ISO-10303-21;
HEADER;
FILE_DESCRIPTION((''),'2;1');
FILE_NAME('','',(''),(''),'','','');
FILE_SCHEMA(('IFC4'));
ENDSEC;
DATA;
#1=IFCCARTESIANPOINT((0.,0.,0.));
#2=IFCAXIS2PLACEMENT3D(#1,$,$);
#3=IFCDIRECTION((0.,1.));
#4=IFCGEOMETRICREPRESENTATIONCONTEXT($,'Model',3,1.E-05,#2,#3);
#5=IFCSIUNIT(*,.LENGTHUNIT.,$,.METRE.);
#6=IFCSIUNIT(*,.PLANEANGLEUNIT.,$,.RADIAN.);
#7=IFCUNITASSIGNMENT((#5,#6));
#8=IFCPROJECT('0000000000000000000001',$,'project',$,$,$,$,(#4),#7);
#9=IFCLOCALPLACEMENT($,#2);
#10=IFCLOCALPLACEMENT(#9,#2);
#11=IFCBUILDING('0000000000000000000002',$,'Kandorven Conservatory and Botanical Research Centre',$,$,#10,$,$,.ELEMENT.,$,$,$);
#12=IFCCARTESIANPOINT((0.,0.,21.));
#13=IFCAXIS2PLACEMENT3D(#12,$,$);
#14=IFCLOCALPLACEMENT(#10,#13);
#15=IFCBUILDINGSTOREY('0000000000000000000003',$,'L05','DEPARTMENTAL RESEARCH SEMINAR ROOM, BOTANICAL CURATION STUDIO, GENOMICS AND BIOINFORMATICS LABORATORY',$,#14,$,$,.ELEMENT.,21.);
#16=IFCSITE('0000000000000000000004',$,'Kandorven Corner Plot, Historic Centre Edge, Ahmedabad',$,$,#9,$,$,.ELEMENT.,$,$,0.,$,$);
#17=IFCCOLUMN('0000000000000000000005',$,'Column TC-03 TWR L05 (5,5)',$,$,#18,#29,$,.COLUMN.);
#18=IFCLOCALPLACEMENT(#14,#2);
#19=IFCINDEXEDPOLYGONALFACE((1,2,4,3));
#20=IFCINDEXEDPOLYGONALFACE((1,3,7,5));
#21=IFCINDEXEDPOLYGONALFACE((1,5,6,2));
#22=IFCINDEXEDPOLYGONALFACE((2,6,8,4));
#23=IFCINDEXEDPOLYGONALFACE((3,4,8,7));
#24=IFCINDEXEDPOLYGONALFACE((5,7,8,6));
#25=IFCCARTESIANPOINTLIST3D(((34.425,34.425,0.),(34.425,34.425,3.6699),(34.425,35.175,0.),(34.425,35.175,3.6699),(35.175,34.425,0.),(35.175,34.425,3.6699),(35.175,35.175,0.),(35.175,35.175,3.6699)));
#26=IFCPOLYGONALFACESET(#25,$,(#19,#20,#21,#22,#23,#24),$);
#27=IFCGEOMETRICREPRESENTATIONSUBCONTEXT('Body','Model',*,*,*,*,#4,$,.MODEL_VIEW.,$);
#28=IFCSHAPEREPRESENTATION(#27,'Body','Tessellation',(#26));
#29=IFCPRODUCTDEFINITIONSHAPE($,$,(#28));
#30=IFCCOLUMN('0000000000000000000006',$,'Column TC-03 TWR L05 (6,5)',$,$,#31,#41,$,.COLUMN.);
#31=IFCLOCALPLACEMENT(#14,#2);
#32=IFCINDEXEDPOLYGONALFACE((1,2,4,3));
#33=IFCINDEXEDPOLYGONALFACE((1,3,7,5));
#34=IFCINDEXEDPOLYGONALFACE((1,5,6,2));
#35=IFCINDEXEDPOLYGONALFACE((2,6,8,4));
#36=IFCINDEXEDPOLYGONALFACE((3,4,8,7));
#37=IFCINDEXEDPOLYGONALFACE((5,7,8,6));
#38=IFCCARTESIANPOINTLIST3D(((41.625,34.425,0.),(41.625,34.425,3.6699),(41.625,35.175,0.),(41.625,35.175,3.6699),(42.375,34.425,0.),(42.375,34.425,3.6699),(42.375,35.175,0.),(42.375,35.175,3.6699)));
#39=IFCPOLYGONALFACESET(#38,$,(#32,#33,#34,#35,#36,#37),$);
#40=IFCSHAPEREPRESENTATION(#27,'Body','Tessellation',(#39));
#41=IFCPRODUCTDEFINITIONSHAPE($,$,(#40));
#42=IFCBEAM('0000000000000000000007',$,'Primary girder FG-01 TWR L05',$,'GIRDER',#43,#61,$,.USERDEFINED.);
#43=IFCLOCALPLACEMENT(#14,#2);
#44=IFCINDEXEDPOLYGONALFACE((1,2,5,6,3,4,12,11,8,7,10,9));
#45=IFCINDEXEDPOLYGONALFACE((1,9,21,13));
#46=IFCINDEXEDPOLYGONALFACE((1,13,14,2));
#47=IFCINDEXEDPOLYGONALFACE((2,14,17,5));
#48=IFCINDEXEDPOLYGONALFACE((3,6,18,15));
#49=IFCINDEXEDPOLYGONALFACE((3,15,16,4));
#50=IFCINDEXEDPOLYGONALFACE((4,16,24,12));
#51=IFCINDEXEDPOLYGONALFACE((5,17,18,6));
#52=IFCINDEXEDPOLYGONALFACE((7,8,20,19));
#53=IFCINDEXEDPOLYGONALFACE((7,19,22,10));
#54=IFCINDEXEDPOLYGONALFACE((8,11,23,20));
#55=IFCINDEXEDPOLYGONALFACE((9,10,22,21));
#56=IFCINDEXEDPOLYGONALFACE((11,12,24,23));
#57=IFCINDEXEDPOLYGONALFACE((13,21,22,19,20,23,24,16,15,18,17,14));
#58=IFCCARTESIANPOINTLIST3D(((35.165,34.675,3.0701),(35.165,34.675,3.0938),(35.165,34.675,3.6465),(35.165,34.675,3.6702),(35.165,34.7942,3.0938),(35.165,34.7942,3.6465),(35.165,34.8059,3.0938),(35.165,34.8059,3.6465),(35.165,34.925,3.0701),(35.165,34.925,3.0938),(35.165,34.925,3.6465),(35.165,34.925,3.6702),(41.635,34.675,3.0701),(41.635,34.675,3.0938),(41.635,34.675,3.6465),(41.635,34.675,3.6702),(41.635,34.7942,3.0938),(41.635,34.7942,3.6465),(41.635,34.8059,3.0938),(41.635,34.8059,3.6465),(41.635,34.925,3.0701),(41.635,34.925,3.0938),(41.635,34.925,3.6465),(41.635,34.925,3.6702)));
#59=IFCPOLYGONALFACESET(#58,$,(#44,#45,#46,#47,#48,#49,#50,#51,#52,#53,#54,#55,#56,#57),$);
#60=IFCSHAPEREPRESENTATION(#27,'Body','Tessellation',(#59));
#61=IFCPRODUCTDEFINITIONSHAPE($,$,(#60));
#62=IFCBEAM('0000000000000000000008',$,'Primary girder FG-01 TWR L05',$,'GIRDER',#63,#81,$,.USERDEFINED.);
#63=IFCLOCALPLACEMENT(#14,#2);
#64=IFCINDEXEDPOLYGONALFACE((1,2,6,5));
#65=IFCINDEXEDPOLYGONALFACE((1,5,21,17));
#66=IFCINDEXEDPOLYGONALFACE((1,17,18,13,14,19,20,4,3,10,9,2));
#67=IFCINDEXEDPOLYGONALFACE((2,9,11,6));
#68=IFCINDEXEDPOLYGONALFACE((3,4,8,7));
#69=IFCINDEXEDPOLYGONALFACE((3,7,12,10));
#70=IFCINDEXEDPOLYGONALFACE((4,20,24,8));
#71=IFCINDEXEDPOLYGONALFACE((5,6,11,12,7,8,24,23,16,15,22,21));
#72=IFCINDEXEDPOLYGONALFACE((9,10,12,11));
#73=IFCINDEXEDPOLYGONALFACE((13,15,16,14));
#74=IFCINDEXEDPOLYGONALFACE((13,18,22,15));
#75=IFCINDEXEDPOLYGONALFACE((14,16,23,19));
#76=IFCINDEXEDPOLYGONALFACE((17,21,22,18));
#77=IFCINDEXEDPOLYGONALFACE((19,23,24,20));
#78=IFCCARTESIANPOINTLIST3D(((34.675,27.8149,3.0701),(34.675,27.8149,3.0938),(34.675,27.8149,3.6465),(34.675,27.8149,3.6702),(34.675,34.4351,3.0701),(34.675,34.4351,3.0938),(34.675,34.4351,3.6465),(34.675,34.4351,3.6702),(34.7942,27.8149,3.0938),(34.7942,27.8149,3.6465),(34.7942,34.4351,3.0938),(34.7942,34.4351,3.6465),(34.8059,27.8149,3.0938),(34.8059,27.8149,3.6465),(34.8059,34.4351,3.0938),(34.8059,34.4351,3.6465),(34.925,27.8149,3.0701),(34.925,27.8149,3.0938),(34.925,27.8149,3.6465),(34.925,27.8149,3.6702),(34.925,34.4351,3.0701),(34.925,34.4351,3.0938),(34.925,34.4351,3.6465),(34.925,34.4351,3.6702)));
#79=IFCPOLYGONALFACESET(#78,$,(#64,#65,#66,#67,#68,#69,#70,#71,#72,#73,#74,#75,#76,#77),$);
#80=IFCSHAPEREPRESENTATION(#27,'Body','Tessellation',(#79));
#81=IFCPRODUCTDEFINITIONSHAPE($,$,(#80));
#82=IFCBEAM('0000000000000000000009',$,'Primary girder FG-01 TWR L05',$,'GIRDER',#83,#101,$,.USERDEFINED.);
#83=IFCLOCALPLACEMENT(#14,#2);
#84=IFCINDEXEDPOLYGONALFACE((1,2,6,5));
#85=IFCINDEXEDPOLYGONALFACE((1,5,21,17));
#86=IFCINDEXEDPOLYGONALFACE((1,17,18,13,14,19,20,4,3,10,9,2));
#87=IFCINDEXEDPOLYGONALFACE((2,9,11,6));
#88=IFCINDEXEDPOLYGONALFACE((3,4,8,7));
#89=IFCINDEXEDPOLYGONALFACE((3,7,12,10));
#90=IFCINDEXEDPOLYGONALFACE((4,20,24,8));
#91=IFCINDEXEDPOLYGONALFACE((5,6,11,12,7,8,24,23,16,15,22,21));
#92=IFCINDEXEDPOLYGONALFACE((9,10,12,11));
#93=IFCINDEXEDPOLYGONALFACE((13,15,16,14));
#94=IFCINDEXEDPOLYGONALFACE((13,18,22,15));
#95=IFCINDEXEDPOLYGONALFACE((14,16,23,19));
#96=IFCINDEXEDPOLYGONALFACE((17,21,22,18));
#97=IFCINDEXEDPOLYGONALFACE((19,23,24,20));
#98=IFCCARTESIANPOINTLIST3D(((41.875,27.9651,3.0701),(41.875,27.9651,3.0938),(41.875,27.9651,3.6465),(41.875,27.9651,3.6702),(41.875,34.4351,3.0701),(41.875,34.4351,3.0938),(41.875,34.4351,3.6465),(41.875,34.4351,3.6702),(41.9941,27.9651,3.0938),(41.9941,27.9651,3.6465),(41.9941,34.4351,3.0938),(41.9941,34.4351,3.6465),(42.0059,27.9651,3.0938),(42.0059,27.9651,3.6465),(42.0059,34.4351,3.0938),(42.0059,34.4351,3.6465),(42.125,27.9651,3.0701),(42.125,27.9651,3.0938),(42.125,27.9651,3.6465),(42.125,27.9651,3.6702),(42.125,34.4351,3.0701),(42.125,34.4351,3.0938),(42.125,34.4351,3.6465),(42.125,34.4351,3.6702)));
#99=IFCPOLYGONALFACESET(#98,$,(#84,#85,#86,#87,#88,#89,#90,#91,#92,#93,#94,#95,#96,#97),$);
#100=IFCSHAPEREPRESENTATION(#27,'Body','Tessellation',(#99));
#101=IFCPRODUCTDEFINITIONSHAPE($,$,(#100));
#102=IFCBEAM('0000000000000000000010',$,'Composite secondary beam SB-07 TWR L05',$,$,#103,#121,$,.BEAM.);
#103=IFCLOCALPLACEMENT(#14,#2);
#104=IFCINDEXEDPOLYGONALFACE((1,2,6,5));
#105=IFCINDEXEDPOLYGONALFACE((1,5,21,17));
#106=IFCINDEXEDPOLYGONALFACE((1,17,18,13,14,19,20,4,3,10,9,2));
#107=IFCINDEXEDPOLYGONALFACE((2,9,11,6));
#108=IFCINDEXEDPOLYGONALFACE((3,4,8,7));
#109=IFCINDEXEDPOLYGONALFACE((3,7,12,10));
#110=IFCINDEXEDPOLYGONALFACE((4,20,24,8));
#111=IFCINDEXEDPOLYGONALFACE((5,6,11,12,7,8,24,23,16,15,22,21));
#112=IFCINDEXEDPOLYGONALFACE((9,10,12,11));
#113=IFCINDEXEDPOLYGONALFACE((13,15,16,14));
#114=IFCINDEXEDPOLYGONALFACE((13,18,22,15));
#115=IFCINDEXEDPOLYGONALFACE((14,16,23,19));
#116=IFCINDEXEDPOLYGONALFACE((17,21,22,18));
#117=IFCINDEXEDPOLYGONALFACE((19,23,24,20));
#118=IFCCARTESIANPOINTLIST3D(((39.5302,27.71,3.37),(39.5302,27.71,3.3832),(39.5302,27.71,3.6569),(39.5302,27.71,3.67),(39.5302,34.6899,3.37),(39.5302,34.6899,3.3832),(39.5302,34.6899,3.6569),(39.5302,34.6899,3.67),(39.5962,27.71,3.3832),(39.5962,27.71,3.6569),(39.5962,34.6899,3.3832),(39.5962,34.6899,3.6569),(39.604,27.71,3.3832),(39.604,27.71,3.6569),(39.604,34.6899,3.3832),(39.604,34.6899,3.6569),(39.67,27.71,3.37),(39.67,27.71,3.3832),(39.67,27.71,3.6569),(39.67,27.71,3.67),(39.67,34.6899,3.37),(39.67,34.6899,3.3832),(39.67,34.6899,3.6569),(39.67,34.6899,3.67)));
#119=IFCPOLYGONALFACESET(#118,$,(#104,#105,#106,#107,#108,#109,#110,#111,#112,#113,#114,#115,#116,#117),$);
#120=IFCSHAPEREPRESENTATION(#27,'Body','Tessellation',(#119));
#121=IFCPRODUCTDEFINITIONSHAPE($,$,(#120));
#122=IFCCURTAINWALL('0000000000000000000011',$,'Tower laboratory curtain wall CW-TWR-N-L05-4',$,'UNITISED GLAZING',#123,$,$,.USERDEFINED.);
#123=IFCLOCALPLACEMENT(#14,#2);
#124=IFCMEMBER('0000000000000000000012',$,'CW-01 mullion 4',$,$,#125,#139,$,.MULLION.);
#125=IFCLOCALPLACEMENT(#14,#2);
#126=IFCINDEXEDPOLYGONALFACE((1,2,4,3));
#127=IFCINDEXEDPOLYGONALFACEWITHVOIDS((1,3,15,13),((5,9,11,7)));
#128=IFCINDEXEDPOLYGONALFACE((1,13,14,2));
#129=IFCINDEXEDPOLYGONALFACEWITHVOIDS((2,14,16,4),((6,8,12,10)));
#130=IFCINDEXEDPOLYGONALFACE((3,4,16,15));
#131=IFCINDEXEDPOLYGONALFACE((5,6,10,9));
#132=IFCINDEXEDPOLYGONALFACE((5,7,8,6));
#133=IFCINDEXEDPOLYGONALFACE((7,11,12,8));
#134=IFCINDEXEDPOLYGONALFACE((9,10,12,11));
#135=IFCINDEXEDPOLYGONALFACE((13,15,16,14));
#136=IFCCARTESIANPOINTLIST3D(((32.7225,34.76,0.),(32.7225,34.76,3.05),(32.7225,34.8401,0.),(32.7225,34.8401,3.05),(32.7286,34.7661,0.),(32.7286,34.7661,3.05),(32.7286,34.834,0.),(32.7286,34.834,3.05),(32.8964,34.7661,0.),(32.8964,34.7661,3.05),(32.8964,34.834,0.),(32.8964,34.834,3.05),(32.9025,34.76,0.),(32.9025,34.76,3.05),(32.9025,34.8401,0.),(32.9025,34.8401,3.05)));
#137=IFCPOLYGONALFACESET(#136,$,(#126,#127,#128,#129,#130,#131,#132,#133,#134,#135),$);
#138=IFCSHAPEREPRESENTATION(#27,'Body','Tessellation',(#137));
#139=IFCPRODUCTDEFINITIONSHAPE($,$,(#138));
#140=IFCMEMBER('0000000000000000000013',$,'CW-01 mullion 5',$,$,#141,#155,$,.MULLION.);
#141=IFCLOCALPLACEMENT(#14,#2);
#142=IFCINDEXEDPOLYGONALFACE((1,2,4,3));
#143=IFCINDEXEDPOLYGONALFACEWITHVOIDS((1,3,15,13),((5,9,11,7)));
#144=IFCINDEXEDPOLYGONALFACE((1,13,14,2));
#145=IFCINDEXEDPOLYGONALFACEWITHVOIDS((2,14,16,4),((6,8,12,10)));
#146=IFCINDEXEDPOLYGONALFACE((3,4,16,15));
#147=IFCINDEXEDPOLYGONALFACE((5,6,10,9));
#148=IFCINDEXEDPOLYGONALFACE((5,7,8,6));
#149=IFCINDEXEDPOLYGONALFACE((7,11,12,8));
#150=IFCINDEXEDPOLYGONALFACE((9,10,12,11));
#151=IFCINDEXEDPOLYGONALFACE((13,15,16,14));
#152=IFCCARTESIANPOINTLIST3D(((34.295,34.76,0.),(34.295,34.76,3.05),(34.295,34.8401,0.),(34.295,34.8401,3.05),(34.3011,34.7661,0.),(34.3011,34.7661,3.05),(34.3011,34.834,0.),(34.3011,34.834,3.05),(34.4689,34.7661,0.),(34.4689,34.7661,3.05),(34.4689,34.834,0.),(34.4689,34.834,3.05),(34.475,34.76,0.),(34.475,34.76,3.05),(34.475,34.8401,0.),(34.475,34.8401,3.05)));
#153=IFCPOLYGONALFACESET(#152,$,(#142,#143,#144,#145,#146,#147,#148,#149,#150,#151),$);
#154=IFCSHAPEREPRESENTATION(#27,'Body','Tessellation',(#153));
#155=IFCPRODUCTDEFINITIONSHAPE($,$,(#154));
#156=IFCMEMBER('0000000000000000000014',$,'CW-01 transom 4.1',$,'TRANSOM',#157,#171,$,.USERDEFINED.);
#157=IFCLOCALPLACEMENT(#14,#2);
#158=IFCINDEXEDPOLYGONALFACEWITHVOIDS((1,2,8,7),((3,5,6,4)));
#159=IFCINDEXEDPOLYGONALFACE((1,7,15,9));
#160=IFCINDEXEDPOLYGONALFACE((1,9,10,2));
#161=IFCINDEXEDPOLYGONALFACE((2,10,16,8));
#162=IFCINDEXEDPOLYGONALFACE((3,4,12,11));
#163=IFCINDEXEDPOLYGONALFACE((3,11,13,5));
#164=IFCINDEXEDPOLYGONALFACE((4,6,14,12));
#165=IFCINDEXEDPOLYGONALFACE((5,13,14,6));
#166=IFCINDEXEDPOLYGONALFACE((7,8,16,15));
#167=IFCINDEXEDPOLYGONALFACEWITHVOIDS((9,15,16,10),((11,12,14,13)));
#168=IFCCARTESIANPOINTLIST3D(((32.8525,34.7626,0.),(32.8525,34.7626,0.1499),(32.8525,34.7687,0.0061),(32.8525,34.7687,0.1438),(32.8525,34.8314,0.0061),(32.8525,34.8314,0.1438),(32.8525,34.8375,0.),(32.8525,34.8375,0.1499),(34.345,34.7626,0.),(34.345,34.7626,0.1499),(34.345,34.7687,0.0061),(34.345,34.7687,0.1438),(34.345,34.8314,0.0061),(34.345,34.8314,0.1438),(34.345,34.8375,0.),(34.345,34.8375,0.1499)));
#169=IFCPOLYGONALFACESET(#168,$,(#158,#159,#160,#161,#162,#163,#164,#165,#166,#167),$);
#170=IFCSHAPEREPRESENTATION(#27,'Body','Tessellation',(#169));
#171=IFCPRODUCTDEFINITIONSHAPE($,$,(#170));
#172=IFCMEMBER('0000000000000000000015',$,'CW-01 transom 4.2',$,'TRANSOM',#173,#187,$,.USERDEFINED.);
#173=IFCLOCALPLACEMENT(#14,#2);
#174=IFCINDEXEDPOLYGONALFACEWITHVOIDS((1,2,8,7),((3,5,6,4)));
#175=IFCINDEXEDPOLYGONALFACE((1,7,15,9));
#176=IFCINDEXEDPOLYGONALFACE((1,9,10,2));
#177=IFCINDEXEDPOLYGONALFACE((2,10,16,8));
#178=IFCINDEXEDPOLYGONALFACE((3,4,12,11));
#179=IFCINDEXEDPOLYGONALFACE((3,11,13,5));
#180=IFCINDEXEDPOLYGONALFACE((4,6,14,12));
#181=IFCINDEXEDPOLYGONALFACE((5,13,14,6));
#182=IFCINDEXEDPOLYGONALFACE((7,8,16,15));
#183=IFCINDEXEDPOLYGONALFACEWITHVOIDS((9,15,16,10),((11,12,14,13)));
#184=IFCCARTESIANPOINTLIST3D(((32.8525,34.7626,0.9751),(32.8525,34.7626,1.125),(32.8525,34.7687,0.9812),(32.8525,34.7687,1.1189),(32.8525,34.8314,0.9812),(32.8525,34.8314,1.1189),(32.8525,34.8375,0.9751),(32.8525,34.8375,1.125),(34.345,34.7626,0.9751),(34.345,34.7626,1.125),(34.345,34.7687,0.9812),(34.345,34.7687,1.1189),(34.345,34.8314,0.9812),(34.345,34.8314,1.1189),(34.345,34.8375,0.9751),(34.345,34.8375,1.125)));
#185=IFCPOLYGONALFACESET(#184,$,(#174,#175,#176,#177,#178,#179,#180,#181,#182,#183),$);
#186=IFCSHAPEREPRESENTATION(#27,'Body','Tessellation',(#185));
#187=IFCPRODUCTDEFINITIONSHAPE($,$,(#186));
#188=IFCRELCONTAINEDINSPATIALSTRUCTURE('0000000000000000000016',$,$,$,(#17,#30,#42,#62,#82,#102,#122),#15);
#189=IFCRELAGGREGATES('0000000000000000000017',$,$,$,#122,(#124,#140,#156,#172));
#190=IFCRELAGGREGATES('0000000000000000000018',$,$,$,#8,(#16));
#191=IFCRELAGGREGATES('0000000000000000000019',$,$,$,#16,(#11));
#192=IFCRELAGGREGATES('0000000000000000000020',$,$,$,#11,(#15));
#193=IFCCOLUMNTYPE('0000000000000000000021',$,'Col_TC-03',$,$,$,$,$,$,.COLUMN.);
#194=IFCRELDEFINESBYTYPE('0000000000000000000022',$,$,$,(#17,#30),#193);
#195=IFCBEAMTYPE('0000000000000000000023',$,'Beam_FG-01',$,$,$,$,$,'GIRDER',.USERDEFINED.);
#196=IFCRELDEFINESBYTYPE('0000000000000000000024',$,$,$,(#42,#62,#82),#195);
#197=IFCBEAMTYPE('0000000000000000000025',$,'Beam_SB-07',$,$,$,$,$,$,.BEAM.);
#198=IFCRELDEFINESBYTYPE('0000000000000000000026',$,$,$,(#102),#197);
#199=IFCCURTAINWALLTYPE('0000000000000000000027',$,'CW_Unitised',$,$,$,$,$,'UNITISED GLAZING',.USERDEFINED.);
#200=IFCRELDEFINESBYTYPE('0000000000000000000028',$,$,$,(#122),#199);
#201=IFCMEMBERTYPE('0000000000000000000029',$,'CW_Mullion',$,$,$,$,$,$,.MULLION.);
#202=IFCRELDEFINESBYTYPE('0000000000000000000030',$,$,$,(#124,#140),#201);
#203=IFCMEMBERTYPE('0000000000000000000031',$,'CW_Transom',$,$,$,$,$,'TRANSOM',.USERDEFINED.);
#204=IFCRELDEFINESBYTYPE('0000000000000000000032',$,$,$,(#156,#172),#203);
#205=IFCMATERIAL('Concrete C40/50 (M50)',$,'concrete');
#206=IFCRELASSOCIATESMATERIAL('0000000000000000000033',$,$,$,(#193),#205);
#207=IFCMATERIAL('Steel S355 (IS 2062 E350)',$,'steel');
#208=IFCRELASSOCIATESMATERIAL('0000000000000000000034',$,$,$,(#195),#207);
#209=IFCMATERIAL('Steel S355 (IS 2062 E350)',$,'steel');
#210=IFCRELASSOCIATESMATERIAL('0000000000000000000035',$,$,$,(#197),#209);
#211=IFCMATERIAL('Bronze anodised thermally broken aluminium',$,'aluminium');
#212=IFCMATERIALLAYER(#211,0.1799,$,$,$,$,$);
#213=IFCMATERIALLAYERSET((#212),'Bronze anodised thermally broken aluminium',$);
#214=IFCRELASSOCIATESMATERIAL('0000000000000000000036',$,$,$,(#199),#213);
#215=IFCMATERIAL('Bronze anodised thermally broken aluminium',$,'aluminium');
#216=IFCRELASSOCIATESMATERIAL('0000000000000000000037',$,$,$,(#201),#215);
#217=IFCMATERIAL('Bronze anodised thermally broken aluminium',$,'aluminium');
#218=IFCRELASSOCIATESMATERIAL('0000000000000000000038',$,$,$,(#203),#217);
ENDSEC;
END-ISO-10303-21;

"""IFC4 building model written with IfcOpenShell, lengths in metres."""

from ifc_helpers import new_model, si_unit, direction, frame, origin, origin_2d, place, context, subcontext, project, spatial, rectangle, hollow_rectangle, i_section, extrude, material, layer, layer_set, material_profile, profile_set, type_object, element, aggregate, save


model = new_model("IFC4")

# Units and contexts
model_context = context("Model", 3, precision=1e-05, world=origin(), true_north=direction((0.0, 1.0)))
body_context = subcontext(model_context, "Body", "Model", "MODEL_VIEW")
ifc_project = project(units=[si_unit("LENGTHUNIT", "METRE"), si_unit("PLANEANGLEUNIT", "RADIAN")], contexts=[model_context])

# Site, building, storey
site_placement = place(None, origin())
site = spatial("IfcSite", under=ifc_project, at=site_placement, Name="Kandorven Corner Plot, Historic Centre Edge, Ahmedabad", CompositionType="ELEMENT", RefElevation=0.0)
building_placement = place(site_placement, origin())
building = spatial("IfcBuilding", under=site, at=building_placement, Name="Kandorven Conservatory and Botanical Research Centre", CompositionType="ELEMENT")
storey_placement = place(building_placement, frame((0.0, 0.0, 21.0)))
storey = spatial("IfcBuildingStorey", under=building, at=storey_placement, Name="L05", Description="DEPARTMENTAL RESEARCH SEMINAR ROOM, BOTANICAL CURATION STUDIO, GENOMICS AND BIOINFORMATICS LABORATORY", CompositionType="ELEMENT", Elevation=21.0)

# Columns
ifc_material_1 = material(Name="Concrete C40/50 (M50)", Category="concrete")
ifc_material_profile_1 = material_profile(ifc_material_1, rectangle(XDim=0.75, YDim=0.75, at=origin_2d()))
ifc_profile_set_1 = profile_set([ifc_material_profile_1], Name="Concrete C40/50 (M50)")
column_type = type_object("IfcColumnType", Name="Col_TC-03", PredefinedType="COLUMN", material=ifc_profile_set_1)
for number, where, z_axis, x_axis, name in (
    (1, (34.8, 34.8, 0.0), (0.0, 0.0, 1.0), (1.0, 0.0, 0.0), "Column TC-03 TWR L05 (5,5)"),
    (2, (42.0, 34.8, 0.0), (0.0, 0.0, 1.0), (1.0, 0.0, 0.0), "Column TC-03 TWR L05 (6,5)"),
):
    element("IfcColumn", number, at=place(storey_placement, frame(where, z_axis=z_axis, x_axis=x_axis)), inside=storey, type_object=column_type, Name=name, PredefinedType="COLUMN", context=body_context, shape_type="SweptSolid", body=[
        extrude(rectangle(XDim=0.75, YDim=0.75, at=origin_2d()), origin(), (0.0, 0.0, 1.0), 3.6699),
    ])

# Beams
ifc_material_2 = material(Name="Steel S355 (IS 2062 E350)", Category="steel")
ifc_material_profile_2 = material_profile(ifc_material_2, i_section(OverallWidth=0.25, OverallDepth=0.6001, WebThickness=0.0117, FlangeThickness=0.0237, at=origin_2d()))
ifc_profile_set_2 = profile_set([ifc_material_profile_2], Name="Steel S355 (IS 2062 E350)")
beam_type_1 = type_object("IfcBeamType", Name="Beam_FG-01", ElementType="GIRDER", PredefinedType="USERDEFINED", material=ifc_profile_set_2)
beam_1_placement = place(storey_placement, frame((35.165, 34.8, 3.3701), z_axis=(1.0, 0.0, 0.0), x_axis=(0.0, 1.0, 0.0)))
element("IfcBeam", 3, at=beam_1_placement, inside=storey, type_object=beam_type_1, Name="Primary girder FG-01 TWR L05", ObjectType="GIRDER", PredefinedType="USERDEFINED", context=body_context, shape_type="SweptSolid", body=[
    extrude(i_section(OverallWidth=0.25, OverallDepth=0.6001, WebThickness=0.0117, FlangeThickness=0.0237, at=origin_2d()), origin(), (0.0, 0.0, 1.0), 6.47),
])
beam_2_placement = place(storey_placement, frame((34.8, 27.8149, 3.3701), z_axis=(0.0, 1.0, 0.0), x_axis=(-1.0, 0.0, 0.0)))
element("IfcBeam", 4, at=beam_2_placement, inside=storey, type_object=beam_type_1, Name="Primary girder FG-01 TWR L05", ObjectType="GIRDER", PredefinedType="USERDEFINED", context=body_context, shape_type="SweptSolid", body=[
    extrude(i_section(OverallWidth=0.25, OverallDepth=0.6001, WebThickness=0.0117, FlangeThickness=0.0237, at=origin_2d()), origin(), (0.0, 0.0, 1.0), 6.6201),
])
beam_3_placement = place(storey_placement, frame((42.0, 27.9651, 3.3701), z_axis=(0.0, 1.0, 0.0), x_axis=(-1.0, 0.0, 0.0)))
element("IfcBeam", 5, at=beam_3_placement, inside=storey, type_object=beam_type_1, Name="Primary girder FG-01 TWR L05", ObjectType="GIRDER", PredefinedType="USERDEFINED", context=body_context, shape_type="SweptSolid", body=[
    extrude(i_section(OverallWidth=0.25, OverallDepth=0.6001, WebThickness=0.0117, FlangeThickness=0.0237, at=origin_2d()), origin(), (0.0, 0.0, 1.0), 6.47),
])
ifc_material_3 = material(Name="Steel S355 (IS 2062 E350)", Category="steel")
ifc_material_profile_3 = material_profile(ifc_material_3, i_section(OverallWidth=0.1399, OverallDepth=0.3, WebThickness=0.0078, FlangeThickness=0.0132, at=origin_2d()))
ifc_profile_set_3 = profile_set([ifc_material_profile_3], Name="Steel S355 (IS 2062 E350)")
beam_type_2 = type_object("IfcBeamType", Name="Beam_SB-07", PredefinedType="BEAM", material=ifc_profile_set_3)
beam_4_placement = place(storey_placement, frame((39.6001, 27.71, 3.52), z_axis=(0.0, 1.0, 0.0), x_axis=(-1.0, 0.0, 0.0)))
element("IfcBeam", 6, at=beam_4_placement, inside=storey, type_object=beam_type_2, Name="Composite secondary beam SB-07 TWR L05", PredefinedType="BEAM", context=body_context, shape_type="SweptSolid", body=[
    extrude(i_section(OverallWidth=0.1399, OverallDepth=0.3, WebThickness=0.0078, FlangeThickness=0.0132, at=origin_2d()), origin(), (0.0, 0.0, 1.0), 6.98),
])

# Curtain wall, members
ifc_material_4 = material(Name="Bronze anodised thermally broken aluminium", Category="aluminium")
ifc_layer_1 = layer(ifc_material_4, 0.1799)
ifc_layer_set_1 = layer_set([ifc_layer_1], Name="Bronze anodised thermally broken aluminium")
curtain_wall_type = type_object("IfcCurtainWallType", Name="CW_Unitised", ElementType="UNITISED GLAZING", PredefinedType="USERDEFINED", material=ifc_layer_set_1)
curtain_wall_placement = place(storey_placement, origin())
curtain_wall = element("IfcCurtainWall", 7, at=curtain_wall_placement, inside=storey, type_object=curtain_wall_type, Name="Tower laboratory curtain wall CW-TWR-N-L05-4", ObjectType="UNITISED GLAZING", PredefinedType="USERDEFINED")
ifc_material_5 = material(Name="Bronze anodised thermally broken aluminium", Category="aluminium")
ifc_material_profile_4 = material_profile(ifc_material_5, hollow_rectangle(XDim=0.0801, YDim=0.1799, WallThickness=0.0061, at=origin_2d()))
ifc_profile_set_4 = profile_set([ifc_material_profile_4], Name="Bronze anodised thermally broken aluminium")
member_type_1 = type_object("IfcMemberType", Name="CW_Mullion", PredefinedType="MULLION", material=ifc_profile_set_4)
member_1_placement = place(storey_placement, frame((32.8125, 34.8, 0.0), z_axis=(0.0, 0.0, 1.0), x_axis=(0.0, 1.0, 0.0)))
member_1 = element("IfcMember", 8, at=member_1_placement, type_object=member_type_1, Name="CW-01 mullion 4", PredefinedType="MULLION", context=body_context, shape_type="SweptSolid", body=[
    extrude(hollow_rectangle(XDim=0.0801, YDim=0.1799, WallThickness=0.0061, at=origin_2d()), origin(), (0.0, 0.0, 1.0), 3.05),
])
member_2_placement = place(storey_placement, frame((34.385, 34.8, 0.0), z_axis=(0.0, 0.0, 1.0), x_axis=(0.0, 1.0, 0.0)))
member_2 = element("IfcMember", 9, at=member_2_placement, type_object=member_type_1, Name="CW-01 mullion 5", PredefinedType="MULLION", context=body_context, shape_type="SweptSolid", body=[
    extrude(hollow_rectangle(XDim=0.0801, YDim=0.1799, WallThickness=0.0061, at=origin_2d()), origin(), (0.0, 0.0, 1.0), 3.05),
])
ifc_material_6 = material(Name="Bronze anodised thermally broken aluminium", Category="aluminium")
ifc_material_profile_5 = material_profile(ifc_material_6, hollow_rectangle(XDim=0.075, YDim=0.1499, WallThickness=0.0061, at=origin_2d()))
ifc_profile_set_5 = profile_set([ifc_material_profile_5], Name="Bronze anodised thermally broken aluminium")
member_type_2 = type_object("IfcMemberType", Name="CW_Transom", ElementType="TRANSOM", PredefinedType="USERDEFINED", material=ifc_profile_set_5)
member_3_placement = place(storey_placement, frame((32.8525, 34.8, 0.075), z_axis=(1.0, 0.0, 0.0), x_axis=(0.0, 1.0, 0.0)))
member_3 = element("IfcMember", 10, at=member_3_placement, type_object=member_type_2, Name="CW-01 transom 4.1", ObjectType="TRANSOM", PredefinedType="USERDEFINED", context=body_context, shape_type="SweptSolid", body=[
    extrude(hollow_rectangle(XDim=0.075, YDim=0.1499, WallThickness=0.0061, at=origin_2d()), origin(), (0.0, 0.0, 1.0), 1.4924),
])
member_4_placement = place(storey_placement, frame((32.8525, 34.8, 1.05), z_axis=(1.0, 0.0, 0.0), x_axis=(0.0, 1.0, 0.0)))
member_4 = element("IfcMember", 11, at=member_4_placement, type_object=member_type_2, Name="CW-01 transom 4.2", ObjectType="TRANSOM", PredefinedType="USERDEFINED", context=body_context, shape_type="SweptSolid", body=[
    extrude(hollow_rectangle(XDim=0.075, YDim=0.1499, WallThickness=0.0061, at=origin_2d()), origin(), (0.0, 0.0, 1.0), 1.4924),
])
aggregate(curtain_wall, [member_1, member_2, member_3, member_4])

save(model, "model.ifc")
